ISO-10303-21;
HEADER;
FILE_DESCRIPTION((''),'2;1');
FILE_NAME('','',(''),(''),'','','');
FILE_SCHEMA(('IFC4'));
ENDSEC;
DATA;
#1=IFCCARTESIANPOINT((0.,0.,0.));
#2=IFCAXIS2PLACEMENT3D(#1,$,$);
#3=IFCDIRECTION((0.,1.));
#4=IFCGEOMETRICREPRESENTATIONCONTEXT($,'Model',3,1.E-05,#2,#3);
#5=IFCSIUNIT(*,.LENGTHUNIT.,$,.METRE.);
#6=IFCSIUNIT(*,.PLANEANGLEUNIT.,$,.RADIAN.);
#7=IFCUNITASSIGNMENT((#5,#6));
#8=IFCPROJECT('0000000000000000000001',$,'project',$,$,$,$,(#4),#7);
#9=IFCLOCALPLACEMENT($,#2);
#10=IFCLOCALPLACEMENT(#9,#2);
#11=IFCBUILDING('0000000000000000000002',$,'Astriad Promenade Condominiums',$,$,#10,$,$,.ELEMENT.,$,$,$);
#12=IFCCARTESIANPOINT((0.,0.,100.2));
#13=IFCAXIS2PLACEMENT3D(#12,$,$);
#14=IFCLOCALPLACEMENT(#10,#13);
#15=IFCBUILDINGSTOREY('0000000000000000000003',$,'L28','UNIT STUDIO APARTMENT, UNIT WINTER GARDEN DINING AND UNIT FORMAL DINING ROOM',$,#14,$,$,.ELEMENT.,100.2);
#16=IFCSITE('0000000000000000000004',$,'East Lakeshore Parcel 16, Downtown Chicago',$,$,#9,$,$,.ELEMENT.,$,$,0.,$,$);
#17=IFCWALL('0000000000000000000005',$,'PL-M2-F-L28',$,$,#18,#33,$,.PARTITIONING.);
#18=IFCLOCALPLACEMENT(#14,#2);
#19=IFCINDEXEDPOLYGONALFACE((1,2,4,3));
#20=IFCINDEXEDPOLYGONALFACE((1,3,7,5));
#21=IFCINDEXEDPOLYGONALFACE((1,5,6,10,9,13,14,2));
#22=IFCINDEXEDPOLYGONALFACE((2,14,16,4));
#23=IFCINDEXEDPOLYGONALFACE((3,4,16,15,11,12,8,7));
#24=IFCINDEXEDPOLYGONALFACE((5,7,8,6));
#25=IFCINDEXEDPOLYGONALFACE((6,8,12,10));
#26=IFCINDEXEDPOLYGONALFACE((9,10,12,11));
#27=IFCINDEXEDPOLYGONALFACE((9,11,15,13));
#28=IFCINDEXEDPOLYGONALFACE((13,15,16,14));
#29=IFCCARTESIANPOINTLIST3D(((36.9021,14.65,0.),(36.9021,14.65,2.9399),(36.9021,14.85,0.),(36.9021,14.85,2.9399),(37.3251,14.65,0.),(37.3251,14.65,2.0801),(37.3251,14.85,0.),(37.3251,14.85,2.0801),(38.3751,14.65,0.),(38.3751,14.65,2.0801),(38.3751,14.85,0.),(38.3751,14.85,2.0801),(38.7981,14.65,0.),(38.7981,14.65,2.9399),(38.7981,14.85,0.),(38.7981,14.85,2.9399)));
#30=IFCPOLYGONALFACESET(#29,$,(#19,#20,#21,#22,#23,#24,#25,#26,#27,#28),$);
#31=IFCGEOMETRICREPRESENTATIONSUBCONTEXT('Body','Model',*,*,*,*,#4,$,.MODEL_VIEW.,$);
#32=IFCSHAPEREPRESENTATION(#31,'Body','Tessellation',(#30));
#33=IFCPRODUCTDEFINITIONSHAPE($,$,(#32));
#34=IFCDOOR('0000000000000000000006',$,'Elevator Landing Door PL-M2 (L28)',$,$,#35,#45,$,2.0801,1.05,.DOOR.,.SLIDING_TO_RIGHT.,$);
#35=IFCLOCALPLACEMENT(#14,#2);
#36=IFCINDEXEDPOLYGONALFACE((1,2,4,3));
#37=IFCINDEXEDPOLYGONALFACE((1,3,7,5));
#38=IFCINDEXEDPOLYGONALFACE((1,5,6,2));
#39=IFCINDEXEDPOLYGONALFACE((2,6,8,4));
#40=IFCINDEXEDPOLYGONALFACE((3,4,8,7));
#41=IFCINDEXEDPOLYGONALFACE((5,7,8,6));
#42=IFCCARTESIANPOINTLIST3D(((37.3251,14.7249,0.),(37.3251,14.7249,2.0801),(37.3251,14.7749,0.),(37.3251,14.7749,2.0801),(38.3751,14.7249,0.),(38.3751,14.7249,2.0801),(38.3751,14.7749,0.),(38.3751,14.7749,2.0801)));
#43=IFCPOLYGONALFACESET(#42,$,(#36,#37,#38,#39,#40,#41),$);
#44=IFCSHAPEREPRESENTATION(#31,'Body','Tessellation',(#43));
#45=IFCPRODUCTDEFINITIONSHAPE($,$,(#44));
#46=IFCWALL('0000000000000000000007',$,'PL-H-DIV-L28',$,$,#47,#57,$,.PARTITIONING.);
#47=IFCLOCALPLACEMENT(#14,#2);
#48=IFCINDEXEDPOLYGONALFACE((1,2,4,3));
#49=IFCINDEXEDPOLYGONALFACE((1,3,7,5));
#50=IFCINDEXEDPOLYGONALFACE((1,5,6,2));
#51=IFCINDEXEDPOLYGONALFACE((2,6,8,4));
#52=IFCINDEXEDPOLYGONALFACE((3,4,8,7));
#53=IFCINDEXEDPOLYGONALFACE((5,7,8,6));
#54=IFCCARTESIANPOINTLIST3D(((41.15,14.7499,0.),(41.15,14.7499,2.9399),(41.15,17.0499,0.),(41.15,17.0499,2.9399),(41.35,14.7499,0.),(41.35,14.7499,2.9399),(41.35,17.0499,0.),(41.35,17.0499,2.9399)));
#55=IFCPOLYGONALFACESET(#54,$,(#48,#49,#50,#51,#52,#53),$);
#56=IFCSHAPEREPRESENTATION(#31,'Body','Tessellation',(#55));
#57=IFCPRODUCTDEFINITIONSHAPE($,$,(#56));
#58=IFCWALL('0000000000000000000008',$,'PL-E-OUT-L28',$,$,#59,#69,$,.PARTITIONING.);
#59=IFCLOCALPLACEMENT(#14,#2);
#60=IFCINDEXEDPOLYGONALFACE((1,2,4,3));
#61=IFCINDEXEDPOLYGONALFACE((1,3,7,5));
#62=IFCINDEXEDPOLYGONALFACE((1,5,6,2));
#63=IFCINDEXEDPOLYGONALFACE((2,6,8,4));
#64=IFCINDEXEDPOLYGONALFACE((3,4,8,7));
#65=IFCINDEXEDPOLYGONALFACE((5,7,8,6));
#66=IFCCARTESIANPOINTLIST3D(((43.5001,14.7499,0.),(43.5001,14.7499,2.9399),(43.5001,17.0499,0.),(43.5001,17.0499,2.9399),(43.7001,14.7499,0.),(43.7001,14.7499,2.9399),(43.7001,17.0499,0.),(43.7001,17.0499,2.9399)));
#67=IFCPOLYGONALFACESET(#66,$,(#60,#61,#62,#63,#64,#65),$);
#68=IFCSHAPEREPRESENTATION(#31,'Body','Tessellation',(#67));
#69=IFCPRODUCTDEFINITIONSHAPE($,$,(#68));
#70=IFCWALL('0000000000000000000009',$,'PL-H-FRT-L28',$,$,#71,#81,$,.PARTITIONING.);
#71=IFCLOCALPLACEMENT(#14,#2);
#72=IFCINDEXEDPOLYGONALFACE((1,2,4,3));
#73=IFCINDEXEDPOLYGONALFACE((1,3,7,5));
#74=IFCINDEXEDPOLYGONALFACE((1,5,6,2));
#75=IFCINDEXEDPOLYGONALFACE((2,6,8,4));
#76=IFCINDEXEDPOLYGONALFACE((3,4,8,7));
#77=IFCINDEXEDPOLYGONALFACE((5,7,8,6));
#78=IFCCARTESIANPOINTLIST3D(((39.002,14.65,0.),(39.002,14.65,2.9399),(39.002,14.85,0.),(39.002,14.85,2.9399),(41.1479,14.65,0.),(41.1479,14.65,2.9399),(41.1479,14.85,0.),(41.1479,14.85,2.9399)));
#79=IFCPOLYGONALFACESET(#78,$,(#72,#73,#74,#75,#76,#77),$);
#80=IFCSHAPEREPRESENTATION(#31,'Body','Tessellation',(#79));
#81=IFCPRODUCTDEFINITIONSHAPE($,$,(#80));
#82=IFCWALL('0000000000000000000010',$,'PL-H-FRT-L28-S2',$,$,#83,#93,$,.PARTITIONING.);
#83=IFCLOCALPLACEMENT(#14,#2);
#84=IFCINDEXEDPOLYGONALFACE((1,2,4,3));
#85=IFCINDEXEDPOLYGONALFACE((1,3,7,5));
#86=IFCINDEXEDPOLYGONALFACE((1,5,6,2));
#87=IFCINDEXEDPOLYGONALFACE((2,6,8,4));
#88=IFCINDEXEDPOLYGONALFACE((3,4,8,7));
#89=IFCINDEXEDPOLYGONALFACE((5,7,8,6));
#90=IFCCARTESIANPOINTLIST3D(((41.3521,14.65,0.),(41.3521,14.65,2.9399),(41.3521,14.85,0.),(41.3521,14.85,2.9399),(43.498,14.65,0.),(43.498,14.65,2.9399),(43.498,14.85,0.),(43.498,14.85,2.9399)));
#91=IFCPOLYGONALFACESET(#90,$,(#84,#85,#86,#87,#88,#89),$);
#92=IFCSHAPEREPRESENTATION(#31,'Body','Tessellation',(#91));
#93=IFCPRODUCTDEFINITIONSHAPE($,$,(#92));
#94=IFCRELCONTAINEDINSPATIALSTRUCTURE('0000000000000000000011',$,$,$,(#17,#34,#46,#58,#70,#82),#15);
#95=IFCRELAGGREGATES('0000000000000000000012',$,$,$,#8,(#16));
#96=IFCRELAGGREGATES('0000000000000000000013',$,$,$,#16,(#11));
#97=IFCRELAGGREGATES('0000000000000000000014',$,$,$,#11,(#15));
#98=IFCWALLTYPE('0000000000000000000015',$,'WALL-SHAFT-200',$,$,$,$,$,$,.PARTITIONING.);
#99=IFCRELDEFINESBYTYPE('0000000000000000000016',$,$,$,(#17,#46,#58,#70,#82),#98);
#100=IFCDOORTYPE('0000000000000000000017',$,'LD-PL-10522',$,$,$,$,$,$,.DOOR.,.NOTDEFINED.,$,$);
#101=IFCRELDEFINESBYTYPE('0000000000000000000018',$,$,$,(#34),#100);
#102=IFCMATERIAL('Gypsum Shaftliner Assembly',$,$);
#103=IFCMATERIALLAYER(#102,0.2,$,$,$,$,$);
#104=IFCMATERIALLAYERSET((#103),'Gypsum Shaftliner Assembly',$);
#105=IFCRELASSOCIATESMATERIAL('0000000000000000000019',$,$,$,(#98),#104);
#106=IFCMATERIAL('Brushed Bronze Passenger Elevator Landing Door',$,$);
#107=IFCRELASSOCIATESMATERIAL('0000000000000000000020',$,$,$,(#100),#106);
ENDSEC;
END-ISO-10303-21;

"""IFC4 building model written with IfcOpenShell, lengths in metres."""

from ifc_helpers import new_model, si_unit, direction, frame, frame_2d, origin, place, context, subcontext, project, spatial, rectangle, extrude, source, transform, mapped, material, layer, layer_set, type_object, type_shapes, element, fill, save


model = new_model("IFC4")

# Units and contexts
model_context = context("Model", 3, precision=1e-05, world=origin(), true_north=direction((0.0, 1.0)))
body_context = subcontext(model_context, "Body", "Model", "MODEL_VIEW")
ifc_project = project(units=[si_unit("LENGTHUNIT", "METRE"), si_unit("PLANEANGLEUNIT", "RADIAN")], contexts=[model_context])

# Site, building, storey
site_placement = place(None, origin())
site = spatial("IfcSite", under=ifc_project, at=site_placement, Name="East Lakeshore Parcel 16, Downtown Chicago", CompositionType="ELEMENT", RefElevation=0.0)
building_placement = place(site_placement, origin())
building = spatial("IfcBuilding", under=site, at=building_placement, Name="Astriad Promenade Condominiums", CompositionType="ELEMENT")
storey_placement = place(building_placement, frame((0.0, 0.0, 100.2)))
storey = spatial("IfcBuildingStorey", under=building, at=storey_placement, Name="L28", Description="UNIT STUDIO APARTMENT, UNIT WINTER GARDEN DINING AND UNIT FORMAL DINING ROOM", CompositionType="ELEMENT", Elevation=100.2)

# Shared definitions
ifc_material_1 = material(Name="Gypsum Shaftliner Assembly")
ifc_layer_1 = layer(ifc_material_1, 0.2)
ifc_layer_set_1 = layer_set([ifc_layer_1], Name="Gypsum Shaftliner Assembly")
wall_type_1 = type_object("IfcWallType", Name="WALL-SHAFT-200", PredefinedType="PARTITIONING", material=ifc_layer_set_1)

# Wall, opening, door
wall_1_placement = place(storey_placement, frame((36.9021, 14.75, 0.0), z_axis=(0.0, 0.0, 1.0), x_axis=(1.0, 0.0, 0.0)))
wall_1 = element("IfcWall", 1, at=wall_1_placement, inside=storey, type_object=wall_type_1, Name="PL-M2-F-L28", PredefinedType="PARTITIONING", context=body_context, shape_type="SweptSolid", body=[
    extrude(rectangle(XDim=1.896, YDim=0.2, at=frame_2d((0.948, 0.0))), origin(), (0.0, 0.0, 1.0), 2.9399),
])
opening_1_placement = place(wall_1_placement, frame((0.4231, 0.0, 0.0)))
opening_1 = element("IfcOpeningElement", 2, at=opening_1_placement, cuts=wall_1, PredefinedType="OPENING", context=body_context, shape_type="SweptSolid", body=[
    extrude(rectangle(XDim=1.05, YDim=2.0801, at=frame_2d((0.5249, 1.04))), frame((0.0, 0.1099, 0.0), z_axis=(0.0, -1.0, 0.0), x_axis=(1.0, 0.0, 0.0)), (0.0, 0.0, 1.0), 0.22),
])
ifc_material_2 = material(Name="Brushed Bronze Passenger Elevator Landing Door")
door_type_1 = type_object("IfcDoorType", Name="LD-PL-10522", OperationType="NOTDEFINED", PredefinedType="DOOR", material=ifc_material_2)
shared_shape_1 = source(origin(), body_context, "Body", "SweptSolid", [
    extrude(rectangle(XDim=1.05, YDim=2.0801, at=frame_2d((0.5249, 1.04))), frame((0.0, 0.0249, 0.0), z_axis=(0.0, -1.0, 0.0), x_axis=(1.0, 0.0, 0.0)), (0.0, 0.0, 1.0), 0.05),
])
type_shapes(door_type_1, [shared_shape_1])
door_1_placement = place(opening_1_placement, origin())
door_1 = element("IfcDoor", 3, at=door_1_placement, inside=storey, type_object=door_type_1, Name="Elevator Landing Door PL-M2 (L28)", OperationType="SLIDING_TO_RIGHT", OverallHeight=2.0801, OverallWidth=1.05, PredefinedType="DOOR", context=body_context, shape_type="MappedRepresentation", body=[
    mapped(shared_shape_1, transform((0.0, 0.0, 0.0), scale=1.0)),
])
fill(opening_1, door_1)

# Walls
for number, where, z_axis, x_axis, name in (
    (4, (41.25, 14.75, 0.0), (0.0, 0.0, 1.0), (0.0, 1.0, 0.0), "PL-H-DIV-L28"),
    (5, (43.6001, 14.75, 0.0), (0.0, 0.0, 1.0), (0.0, 1.0, 0.0), "PL-E-OUT-L28"),
):
    element("IfcWall", number, at=place(storey_placement, frame(where, z_axis=z_axis, x_axis=x_axis)), inside=storey, type_object=wall_type_1, Name=name, PredefinedType="PARTITIONING", context=body_context, shape_type="SweptSolid", body=[
        extrude(rectangle(XDim=2.3, YDim=0.2, at=frame_2d((1.1499, 0.0))), origin(), (0.0, 0.0, 1.0), 2.9399),
    ])
for number, where, z_axis, x_axis, name in (
    (6, (39.002, 14.75, 0.0), (0.0, 0.0, 1.0), (1.0, 0.0, 0.0), "PL-H-FRT-L28"),
    (7, (41.3521, 14.75, 0.0), (0.0, 0.0, 1.0), (1.0, 0.0, 0.0), "PL-H-FRT-L28-S2"),
):
    element("IfcWall", number, at=place(storey_placement, frame(where, z_axis=z_axis, x_axis=x_axis)), inside=storey, type_object=wall_type_1, Name=name, PredefinedType="PARTITIONING", context=body_context, shape_type="SweptSolid", body=[
        extrude(rectangle(XDim=2.146, YDim=0.2, at=frame_2d((1.073, 0.0))), origin(), (0.0, 0.0, 1.0), 2.9399),
    ])

save(model, "model.ifc")
